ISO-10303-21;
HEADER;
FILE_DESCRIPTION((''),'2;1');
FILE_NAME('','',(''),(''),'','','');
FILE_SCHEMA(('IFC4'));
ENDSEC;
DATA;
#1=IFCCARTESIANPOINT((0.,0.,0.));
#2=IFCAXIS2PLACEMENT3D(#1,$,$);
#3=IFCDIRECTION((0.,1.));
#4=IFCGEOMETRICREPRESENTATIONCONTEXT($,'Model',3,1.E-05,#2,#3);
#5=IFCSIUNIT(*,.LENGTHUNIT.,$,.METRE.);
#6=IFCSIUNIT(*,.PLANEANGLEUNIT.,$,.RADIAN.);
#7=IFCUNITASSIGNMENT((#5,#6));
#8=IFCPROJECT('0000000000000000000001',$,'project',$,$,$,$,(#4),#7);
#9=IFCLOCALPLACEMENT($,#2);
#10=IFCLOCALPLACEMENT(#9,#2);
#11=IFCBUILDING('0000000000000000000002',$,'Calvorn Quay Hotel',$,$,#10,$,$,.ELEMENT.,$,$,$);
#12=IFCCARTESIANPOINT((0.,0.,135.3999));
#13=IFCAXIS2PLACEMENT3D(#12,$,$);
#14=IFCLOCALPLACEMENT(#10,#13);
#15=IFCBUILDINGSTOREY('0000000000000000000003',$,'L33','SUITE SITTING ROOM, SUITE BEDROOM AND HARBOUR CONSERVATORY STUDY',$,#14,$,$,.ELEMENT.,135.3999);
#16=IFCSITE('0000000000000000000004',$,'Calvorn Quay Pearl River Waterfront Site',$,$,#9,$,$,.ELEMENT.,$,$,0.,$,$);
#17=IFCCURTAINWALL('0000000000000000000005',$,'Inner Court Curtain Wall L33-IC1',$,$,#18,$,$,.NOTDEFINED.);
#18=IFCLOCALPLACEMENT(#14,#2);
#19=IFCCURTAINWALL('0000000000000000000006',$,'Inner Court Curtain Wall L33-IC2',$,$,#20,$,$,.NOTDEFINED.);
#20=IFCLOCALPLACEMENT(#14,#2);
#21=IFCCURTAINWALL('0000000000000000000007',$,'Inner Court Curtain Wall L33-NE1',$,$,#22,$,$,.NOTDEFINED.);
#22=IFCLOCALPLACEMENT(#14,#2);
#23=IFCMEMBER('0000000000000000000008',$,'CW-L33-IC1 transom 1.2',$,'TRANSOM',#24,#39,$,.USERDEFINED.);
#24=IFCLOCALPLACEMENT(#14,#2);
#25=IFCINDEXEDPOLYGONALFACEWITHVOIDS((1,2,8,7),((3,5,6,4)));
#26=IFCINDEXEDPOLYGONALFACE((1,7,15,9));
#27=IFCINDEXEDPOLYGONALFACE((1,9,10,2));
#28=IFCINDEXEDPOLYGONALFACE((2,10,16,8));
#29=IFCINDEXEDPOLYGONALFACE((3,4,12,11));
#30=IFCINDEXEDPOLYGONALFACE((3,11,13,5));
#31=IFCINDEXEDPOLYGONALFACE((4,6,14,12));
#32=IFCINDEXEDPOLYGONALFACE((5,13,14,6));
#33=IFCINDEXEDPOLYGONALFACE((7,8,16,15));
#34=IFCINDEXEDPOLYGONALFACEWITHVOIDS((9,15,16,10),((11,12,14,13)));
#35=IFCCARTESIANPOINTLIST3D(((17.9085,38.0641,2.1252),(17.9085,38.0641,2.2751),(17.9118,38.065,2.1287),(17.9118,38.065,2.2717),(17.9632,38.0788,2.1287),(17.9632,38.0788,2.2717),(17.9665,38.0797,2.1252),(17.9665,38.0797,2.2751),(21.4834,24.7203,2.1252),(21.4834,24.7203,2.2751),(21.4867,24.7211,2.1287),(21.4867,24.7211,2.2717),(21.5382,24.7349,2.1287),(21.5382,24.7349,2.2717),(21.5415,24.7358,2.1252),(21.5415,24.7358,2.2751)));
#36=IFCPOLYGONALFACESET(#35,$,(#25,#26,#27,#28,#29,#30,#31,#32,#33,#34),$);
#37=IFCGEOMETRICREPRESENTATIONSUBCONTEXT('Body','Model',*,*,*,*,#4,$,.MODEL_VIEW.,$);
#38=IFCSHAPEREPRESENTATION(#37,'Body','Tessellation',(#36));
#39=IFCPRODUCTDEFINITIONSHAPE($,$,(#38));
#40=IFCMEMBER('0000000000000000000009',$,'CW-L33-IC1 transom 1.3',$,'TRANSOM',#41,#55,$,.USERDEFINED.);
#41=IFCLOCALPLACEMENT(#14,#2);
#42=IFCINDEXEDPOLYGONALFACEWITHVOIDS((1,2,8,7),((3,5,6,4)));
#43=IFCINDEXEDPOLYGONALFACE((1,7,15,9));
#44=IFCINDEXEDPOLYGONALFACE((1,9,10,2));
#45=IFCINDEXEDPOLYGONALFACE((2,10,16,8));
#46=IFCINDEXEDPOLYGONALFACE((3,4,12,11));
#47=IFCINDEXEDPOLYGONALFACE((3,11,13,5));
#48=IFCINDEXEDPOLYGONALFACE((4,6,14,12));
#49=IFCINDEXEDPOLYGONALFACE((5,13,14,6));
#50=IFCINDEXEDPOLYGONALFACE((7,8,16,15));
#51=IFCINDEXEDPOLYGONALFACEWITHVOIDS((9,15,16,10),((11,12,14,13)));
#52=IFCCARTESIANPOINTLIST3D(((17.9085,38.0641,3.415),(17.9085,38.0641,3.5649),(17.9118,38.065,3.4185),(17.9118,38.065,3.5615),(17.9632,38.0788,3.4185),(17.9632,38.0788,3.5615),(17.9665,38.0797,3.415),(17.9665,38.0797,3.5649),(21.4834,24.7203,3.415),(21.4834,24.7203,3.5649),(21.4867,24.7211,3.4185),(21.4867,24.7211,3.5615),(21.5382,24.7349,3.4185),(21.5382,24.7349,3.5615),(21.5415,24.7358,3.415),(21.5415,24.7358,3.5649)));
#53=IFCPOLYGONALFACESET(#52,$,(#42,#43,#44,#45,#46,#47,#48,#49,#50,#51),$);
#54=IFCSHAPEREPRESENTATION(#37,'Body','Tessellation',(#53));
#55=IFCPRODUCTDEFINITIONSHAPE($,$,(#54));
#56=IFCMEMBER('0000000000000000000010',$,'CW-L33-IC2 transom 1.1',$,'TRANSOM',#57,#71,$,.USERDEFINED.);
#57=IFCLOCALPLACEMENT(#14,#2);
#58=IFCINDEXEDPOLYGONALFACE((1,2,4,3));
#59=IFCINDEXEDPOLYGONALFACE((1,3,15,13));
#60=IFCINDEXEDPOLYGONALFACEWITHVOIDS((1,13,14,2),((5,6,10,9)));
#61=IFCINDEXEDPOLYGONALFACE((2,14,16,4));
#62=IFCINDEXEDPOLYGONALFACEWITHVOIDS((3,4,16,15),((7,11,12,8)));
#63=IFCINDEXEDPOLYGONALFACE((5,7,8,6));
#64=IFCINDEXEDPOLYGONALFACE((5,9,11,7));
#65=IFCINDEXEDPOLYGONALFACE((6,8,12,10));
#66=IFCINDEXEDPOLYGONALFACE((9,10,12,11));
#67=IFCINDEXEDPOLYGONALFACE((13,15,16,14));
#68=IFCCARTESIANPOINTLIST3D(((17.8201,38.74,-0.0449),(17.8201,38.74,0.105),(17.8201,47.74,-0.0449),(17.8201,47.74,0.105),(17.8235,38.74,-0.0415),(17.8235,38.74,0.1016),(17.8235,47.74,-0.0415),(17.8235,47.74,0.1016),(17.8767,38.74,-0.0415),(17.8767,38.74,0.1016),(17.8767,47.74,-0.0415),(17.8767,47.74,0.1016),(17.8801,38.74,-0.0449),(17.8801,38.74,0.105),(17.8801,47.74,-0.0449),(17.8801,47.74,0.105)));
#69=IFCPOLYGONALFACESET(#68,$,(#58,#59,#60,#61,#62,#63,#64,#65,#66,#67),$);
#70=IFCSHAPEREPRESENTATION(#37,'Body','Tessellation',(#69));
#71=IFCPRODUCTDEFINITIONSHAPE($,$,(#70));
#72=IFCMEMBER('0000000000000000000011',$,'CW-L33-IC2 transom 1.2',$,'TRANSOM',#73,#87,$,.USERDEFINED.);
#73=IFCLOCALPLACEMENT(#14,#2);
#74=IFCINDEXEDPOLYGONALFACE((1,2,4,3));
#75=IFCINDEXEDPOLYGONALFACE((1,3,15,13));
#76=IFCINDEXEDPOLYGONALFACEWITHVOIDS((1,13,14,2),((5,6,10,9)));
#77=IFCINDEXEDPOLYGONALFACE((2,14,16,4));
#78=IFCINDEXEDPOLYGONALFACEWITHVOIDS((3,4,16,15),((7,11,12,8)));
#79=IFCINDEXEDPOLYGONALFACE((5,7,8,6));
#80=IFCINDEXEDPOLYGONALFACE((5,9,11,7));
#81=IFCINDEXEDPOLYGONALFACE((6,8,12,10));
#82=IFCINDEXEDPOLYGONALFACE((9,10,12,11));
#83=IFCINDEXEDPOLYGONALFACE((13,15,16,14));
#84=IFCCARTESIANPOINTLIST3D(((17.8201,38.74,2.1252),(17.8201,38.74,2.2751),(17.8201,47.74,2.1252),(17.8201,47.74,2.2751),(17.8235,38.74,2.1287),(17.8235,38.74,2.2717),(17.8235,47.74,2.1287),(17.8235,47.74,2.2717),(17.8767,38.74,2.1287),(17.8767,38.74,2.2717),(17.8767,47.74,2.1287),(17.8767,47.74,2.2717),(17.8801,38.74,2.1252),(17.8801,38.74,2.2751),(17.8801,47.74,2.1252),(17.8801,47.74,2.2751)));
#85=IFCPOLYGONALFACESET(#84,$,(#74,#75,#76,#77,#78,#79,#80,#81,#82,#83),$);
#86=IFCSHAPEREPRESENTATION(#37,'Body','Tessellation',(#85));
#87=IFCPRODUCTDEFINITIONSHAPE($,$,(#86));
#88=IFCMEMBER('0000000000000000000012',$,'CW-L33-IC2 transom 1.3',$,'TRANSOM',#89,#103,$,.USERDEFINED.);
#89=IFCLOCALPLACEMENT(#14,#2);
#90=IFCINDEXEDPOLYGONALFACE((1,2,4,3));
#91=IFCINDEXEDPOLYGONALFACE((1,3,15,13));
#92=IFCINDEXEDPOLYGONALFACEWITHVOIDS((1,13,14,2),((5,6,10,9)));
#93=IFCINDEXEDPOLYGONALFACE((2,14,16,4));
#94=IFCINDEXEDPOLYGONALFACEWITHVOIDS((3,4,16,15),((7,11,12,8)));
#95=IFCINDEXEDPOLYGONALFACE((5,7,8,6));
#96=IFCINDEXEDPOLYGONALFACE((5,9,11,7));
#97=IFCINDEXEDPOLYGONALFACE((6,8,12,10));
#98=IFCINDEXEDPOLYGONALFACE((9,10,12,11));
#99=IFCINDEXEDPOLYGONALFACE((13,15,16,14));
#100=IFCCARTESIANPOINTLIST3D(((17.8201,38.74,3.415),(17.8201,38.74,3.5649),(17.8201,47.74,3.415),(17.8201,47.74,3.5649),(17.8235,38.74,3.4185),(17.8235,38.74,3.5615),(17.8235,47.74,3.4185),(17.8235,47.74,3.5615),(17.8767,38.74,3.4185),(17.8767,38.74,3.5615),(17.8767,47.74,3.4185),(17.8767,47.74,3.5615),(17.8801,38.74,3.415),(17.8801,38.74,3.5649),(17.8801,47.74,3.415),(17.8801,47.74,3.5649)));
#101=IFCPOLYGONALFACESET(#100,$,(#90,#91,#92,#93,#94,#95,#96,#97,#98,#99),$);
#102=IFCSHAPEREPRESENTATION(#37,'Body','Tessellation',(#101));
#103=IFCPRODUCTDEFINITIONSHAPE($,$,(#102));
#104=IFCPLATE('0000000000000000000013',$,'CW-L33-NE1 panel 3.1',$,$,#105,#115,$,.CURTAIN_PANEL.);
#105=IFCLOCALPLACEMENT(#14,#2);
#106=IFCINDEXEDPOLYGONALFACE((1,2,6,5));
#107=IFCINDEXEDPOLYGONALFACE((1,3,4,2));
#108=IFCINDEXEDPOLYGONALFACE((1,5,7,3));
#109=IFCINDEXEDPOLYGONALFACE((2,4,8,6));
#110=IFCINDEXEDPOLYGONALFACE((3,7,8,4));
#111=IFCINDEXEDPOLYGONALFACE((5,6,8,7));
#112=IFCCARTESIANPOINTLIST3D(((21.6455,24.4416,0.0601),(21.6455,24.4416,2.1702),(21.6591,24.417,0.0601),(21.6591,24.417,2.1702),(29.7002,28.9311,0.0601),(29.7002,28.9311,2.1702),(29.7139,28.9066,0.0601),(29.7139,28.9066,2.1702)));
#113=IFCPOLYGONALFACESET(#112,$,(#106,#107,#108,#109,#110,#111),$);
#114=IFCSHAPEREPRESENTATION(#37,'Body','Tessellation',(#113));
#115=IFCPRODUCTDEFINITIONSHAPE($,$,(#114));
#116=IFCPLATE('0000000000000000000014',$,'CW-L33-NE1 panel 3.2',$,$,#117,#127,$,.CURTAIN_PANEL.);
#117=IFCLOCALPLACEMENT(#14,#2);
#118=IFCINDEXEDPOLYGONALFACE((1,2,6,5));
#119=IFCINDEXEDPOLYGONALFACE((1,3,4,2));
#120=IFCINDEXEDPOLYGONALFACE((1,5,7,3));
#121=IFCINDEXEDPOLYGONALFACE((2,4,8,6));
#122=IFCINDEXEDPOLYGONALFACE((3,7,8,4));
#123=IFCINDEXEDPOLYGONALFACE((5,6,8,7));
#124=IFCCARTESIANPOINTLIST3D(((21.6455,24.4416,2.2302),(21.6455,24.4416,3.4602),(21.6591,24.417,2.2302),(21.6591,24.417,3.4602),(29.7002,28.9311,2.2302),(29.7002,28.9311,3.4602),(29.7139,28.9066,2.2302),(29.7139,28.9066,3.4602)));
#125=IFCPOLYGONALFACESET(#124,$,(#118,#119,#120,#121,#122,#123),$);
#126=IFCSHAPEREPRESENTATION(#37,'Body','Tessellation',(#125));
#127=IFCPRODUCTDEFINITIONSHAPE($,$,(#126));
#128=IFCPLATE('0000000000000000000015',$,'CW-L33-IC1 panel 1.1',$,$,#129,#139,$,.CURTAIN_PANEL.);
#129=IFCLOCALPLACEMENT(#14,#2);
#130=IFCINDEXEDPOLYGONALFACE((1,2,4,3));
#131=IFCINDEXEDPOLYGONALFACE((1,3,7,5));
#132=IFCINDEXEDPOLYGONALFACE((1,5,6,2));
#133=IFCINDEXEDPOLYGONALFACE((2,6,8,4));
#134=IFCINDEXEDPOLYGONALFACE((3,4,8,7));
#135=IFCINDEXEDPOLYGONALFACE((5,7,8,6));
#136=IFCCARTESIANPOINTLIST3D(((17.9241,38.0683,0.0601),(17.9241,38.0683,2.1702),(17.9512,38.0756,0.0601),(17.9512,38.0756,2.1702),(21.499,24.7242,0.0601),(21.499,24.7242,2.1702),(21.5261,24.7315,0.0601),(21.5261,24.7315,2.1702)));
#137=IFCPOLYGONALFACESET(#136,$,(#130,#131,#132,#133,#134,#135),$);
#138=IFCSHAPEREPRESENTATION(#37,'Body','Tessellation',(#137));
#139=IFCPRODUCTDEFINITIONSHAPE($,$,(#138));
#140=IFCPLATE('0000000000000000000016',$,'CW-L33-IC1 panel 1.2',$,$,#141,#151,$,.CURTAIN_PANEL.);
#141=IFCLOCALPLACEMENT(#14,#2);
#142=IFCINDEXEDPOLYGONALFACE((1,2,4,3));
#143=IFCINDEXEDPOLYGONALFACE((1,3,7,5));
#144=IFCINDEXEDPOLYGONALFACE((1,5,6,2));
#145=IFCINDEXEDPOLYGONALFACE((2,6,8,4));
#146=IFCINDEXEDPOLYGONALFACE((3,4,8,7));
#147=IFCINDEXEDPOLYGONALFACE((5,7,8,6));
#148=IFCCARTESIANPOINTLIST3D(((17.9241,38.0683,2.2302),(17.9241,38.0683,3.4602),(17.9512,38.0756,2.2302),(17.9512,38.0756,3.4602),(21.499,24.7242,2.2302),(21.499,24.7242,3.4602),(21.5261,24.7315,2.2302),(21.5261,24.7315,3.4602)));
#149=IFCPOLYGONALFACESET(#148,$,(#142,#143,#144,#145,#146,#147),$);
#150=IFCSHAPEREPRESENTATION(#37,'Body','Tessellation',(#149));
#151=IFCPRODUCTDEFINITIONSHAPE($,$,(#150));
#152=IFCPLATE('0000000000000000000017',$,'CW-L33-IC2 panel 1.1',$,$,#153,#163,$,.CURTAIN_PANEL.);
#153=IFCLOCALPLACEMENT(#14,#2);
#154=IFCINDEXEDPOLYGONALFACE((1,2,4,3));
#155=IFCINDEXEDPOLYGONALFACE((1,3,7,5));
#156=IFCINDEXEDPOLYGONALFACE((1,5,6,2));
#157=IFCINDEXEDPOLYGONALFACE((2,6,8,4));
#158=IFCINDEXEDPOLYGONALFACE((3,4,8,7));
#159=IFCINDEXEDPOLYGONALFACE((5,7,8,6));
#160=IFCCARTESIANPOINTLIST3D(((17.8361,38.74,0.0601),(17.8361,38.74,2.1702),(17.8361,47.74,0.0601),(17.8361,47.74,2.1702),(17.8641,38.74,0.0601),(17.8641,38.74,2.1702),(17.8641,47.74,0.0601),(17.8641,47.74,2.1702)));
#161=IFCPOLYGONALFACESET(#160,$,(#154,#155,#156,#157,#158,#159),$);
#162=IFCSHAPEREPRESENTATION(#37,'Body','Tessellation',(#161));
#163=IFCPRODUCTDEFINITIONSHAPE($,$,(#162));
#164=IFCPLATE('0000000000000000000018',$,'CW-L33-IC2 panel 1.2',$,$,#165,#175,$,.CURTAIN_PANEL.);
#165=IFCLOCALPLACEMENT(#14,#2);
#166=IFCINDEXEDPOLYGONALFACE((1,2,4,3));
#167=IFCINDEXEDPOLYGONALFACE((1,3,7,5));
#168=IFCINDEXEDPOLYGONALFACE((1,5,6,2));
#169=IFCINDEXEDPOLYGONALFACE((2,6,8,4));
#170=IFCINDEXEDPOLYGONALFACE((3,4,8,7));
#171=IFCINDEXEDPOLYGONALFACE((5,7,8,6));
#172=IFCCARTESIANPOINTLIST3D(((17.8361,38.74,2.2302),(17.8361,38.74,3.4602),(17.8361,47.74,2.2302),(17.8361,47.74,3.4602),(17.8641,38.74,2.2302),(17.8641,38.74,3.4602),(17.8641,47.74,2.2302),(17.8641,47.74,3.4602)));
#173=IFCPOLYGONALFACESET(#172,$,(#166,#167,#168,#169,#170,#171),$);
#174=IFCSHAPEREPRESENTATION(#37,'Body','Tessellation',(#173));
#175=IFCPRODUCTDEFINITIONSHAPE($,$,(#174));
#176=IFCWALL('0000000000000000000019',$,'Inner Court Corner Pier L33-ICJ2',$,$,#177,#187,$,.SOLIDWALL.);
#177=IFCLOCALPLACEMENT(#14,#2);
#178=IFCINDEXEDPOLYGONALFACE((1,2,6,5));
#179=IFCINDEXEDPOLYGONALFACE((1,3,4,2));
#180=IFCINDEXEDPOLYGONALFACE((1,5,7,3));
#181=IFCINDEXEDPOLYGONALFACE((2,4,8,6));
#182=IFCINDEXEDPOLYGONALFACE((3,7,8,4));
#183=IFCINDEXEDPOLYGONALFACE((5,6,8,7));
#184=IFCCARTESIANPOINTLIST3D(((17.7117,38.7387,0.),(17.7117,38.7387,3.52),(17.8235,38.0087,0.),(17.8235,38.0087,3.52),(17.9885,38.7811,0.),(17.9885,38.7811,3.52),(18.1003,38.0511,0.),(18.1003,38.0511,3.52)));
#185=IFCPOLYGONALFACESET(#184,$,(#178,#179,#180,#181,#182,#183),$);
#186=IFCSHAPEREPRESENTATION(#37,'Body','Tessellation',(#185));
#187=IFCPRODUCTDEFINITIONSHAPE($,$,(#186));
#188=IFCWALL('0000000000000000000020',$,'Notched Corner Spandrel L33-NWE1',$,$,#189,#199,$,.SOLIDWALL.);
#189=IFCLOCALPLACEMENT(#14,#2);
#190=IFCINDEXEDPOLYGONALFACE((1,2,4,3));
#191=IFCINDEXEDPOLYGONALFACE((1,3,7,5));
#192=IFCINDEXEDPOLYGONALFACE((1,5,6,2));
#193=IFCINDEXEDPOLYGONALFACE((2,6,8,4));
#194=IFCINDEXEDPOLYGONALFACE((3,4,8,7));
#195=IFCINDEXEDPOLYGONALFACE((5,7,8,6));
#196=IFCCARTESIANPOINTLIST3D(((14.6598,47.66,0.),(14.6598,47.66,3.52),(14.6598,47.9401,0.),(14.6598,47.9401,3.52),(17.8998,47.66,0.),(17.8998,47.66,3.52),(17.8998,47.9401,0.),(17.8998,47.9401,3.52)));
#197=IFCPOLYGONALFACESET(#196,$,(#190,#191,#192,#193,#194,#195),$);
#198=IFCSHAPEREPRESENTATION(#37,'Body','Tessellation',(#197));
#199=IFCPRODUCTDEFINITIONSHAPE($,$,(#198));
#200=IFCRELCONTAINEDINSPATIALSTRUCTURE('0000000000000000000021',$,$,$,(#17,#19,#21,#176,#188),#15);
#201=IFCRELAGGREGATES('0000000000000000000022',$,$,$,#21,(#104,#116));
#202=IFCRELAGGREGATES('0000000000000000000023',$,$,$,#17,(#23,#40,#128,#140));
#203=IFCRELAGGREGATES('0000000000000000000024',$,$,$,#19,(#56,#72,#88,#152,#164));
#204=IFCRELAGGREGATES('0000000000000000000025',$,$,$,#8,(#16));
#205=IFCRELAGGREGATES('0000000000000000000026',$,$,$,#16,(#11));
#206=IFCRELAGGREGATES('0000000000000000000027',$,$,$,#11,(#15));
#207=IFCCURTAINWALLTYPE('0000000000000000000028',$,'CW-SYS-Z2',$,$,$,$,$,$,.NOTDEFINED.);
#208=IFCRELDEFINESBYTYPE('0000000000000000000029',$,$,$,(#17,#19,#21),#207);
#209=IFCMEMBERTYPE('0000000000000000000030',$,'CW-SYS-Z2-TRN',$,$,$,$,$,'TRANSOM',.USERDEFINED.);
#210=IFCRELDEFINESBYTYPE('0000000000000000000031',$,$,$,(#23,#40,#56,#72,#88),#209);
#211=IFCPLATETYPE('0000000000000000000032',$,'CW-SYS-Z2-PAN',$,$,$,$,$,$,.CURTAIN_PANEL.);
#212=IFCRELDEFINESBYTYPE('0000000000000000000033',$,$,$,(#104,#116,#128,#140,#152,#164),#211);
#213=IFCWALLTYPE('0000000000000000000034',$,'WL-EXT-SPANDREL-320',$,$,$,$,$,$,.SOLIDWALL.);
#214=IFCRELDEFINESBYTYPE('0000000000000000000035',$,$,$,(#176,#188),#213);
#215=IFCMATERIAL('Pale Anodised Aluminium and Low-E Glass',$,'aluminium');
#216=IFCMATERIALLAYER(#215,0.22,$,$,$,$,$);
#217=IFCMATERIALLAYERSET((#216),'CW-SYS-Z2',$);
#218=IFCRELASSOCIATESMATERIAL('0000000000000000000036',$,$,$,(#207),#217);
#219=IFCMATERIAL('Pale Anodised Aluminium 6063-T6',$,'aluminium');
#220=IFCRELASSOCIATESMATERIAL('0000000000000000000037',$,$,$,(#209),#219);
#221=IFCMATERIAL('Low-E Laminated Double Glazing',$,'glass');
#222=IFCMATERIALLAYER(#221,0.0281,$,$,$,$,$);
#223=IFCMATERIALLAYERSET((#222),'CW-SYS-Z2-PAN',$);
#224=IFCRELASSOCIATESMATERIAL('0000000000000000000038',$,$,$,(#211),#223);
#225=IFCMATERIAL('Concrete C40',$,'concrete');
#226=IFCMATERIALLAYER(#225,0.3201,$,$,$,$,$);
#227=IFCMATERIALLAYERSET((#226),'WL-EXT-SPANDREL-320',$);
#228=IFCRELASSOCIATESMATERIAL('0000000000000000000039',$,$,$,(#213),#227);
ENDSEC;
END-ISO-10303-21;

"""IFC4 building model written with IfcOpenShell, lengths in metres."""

from ifc_helpers import new_model, si_unit, direction, frame, frame_2d, origin, origin_2d, place, context, subcontext, project, spatial, rectangle, hollow_rectangle, extrude, material, layer, layer_set, material_profile, profile_set, type_object, element, aggregate, save


model = new_model("IFC4")

# Units and contexts
model_context = context("Model", 3, precision=1e-05, world=origin(), true_north=direction((0.0, 1.0)))
body_context = subcontext(model_context, "Body", "Model", "MODEL_VIEW")
ifc_project = project(units=[si_unit("LENGTHUNIT", "METRE"), si_unit("PLANEANGLEUNIT", "RADIAN")], contexts=[model_context])

# Site, building, storey
site_placement = place(None, origin())
site = spatial("IfcSite", under=ifc_project, at=site_placement, Name="Calvorn Quay Pearl River Waterfront Site", CompositionType="ELEMENT", RefElevation=0.0)
building_placement = place(site_placement, origin())
building = spatial("IfcBuilding", under=site, at=building_placement, Name="Calvorn Quay Hotel", CompositionType="ELEMENT")
storey_placement = place(building_placement, frame((0.0, 0.0, 135.3999)))
storey = spatial("IfcBuildingStorey", under=building, at=storey_placement, Name="L33", Description="SUITE SITTING ROOM, SUITE BEDROOM AND HARBOUR CONSERVATORY STUDY", CompositionType="ELEMENT", Elevation=135.3999)

# Curtain wall
ifc_material_1 = material(Name="Pale Anodised Aluminium and Low-E Glass", Category="aluminium")
ifc_layer_1 = layer(ifc_material_1, 0.22)
ifc_layer_set_1 = layer_set([ifc_layer_1], Name="CW-SYS-Z2")
curtain_wall_type = type_object("IfcCurtainWallType", Name="CW-SYS-Z2", PredefinedType="NOTDEFINED", material=ifc_layer_set_1)
curtain_wall_1_placement = place(storey_placement, origin())
curtain_wall_1 = element("IfcCurtainWall", 1, at=curtain_wall_1_placement, inside=storey, type_object=curtain_wall_type, Name="Inner Court Curtain Wall L33-IC1", PredefinedType="NOTDEFINED")

# Curtain wall
curtain_wall_2_placement = place(storey_placement, origin())
curtain_wall_2 = element("IfcCurtainWall", 2, at=curtain_wall_2_placement, inside=storey, type_object=curtain_wall_type, Name="Inner Court Curtain Wall L33-IC2", PredefinedType="NOTDEFINED")

# Curtain wall
curtain_wall_3_placement = place(storey_placement, origin())
curtain_wall_3 = element("IfcCurtainWall", 3, at=curtain_wall_3_placement, inside=storey, type_object=curtain_wall_type, Name="Inner Court Curtain Wall L33-NE1", PredefinedType="NOTDEFINED")
ifc_material_2 = material(Name="Pale Anodised Aluminium 6063-T6", Category="aluminium")
ifc_material_profile_1 = material_profile(ifc_material_2, hollow_rectangle(XDim=0.0601, YDim=0.1499, WallThickness=0.0034, at=origin_2d()), Name="ALU-T150x60x3.5")
ifc_profile_set_1 = profile_set([ifc_material_profile_1], Name="Pale Anodised Aluminium 6063-T6")
member_type_1 = type_object("IfcMemberType", Name="CW-SYS-Z2-TRN", ElementType="TRANSOM", PredefinedType="USERDEFINED", material=ifc_profile_set_1)

# Members
member_1_placement = place(storey_placement, frame((21.5125, 24.728, 2.2002), z_axis=(-0.258781, 0.965936, 0.0), x_axis=(-0.965936, -0.258781, 0.0)))
member_1 = element("IfcMember", 4, at=member_1_placement, type_object=member_type_1, Name="CW-L33-IC1 transom 1.2", ObjectType="TRANSOM", PredefinedType="USERDEFINED", context=body_context, shape_type="SweptSolid", body=[
    extrude(hollow_rectangle(XDim=0.0601, YDim=0.1499, WallThickness=0.0034, at=origin_2d()), origin(), (0.0, 0.0, 1.0), 13.8145),
])
member_2_placement = place(storey_placement, frame((21.5125, 24.728, 3.49), z_axis=(-0.258781, 0.965936, 0.0), x_axis=(-0.965936, -0.258781, 0.0)))
member_2 = element("IfcMember", 5, at=member_2_placement, type_object=member_type_1, Name="CW-L33-IC1 transom 1.3", ObjectType="TRANSOM", PredefinedType="USERDEFINED", context=body_context, shape_type="SweptSolid", body=[
    extrude(hollow_rectangle(XDim=0.0601, YDim=0.1499, WallThickness=0.0034, at=origin_2d()), origin(), (0.0, 0.0, 1.0), 13.8145),
])
member_3_placement = place(storey_placement, frame((17.8501, 38.74, 0.03), z_axis=(0.0, 1.0, 0.0), x_axis=(-1.0, 0.0, 0.0)))
member_3 = element("IfcMember", 6, at=member_3_placement, type_object=member_type_1, Name="CW-L33-IC2 transom 1.1", ObjectType="TRANSOM", PredefinedType="USERDEFINED", context=body_context, shape_type="SweptSolid", body=[
    extrude(hollow_rectangle(XDim=0.0601, YDim=0.1499, WallThickness=0.0034, at=origin_2d()), origin(), (0.0, 0.0, 1.0), 9.0),
])
member_4_placement = place(storey_placement, frame((17.8501, 38.74, 2.2002), z_axis=(0.0, 1.0, 0.0), x_axis=(-1.0, 0.0, 0.0)))
member_4 = element("IfcMember", 7, at=member_4_placement, type_object=member_type_1, Name="CW-L33-IC2 transom 1.2", ObjectType="TRANSOM", PredefinedType="USERDEFINED", context=body_context, shape_type="SweptSolid", body=[
    extrude(hollow_rectangle(XDim=0.0601, YDim=0.1499, WallThickness=0.0034, at=origin_2d()), origin(), (0.0, 0.0, 1.0), 9.0),
])
member_5_placement = place(storey_placement, frame((17.8501, 38.74, 3.49), z_axis=(0.0, 1.0, 0.0), x_axis=(-1.0, 0.0, 0.0)))
member_5 = element("IfcMember", 8, at=member_5_placement, type_object=member_type_1, Name="CW-L33-IC2 transom 1.3", ObjectType="TRANSOM", PredefinedType="USERDEFINED", context=body_context, shape_type="SweptSolid", body=[
    extrude(hollow_rectangle(XDim=0.0601, YDim=0.1499, WallThickness=0.0034, at=origin_2d()), origin(), (0.0, 0.0, 1.0), 9.0),
])

# Plates
ifc_material_3 = material(Name="Low-E Laminated Double Glazing", Category="glass")
ifc_layer_2 = layer(ifc_material_3, 0.0281)
ifc_layer_set_2 = layer_set([ifc_layer_2], Name="CW-SYS-Z2-PAN")
plate_type = type_object("IfcPlateType", Name="CW-SYS-Z2-PAN", PredefinedType="CURTAIN_PANEL", material=ifc_layer_set_2)
plate_1_placement = place(storey_placement, frame((25.6797, 26.6741, 0.0601), z_axis=(0.0, 0.0, 1.0), x_axis=(-0.873481, -0.486858, 0.0)))
plate_1 = element("IfcPlate", 9, at=plate_1_placement, type_object=plate_type, Name="CW-L33-NE1 panel 3.1", PredefinedType="CURTAIN_PANEL", context=body_context, shape_type="SweptSolid", body=[
    extrude(rectangle(XDim=9.2214, YDim=0.0281, at=origin_2d()), origin(), (0.0, 0.0, 1.0), 2.1101),
])
plate_2_placement = place(storey_placement, frame((25.6797, 26.6741, 2.2302), z_axis=(0.0, 0.0, 1.0), x_axis=(-0.873481, -0.486858, 0.0)))
plate_2 = element("IfcPlate", 10, at=plate_2_placement, type_object=plate_type, Name="CW-L33-NE1 panel 3.2", PredefinedType="CURTAIN_PANEL", context=body_context, shape_type="SweptSolid", body=[
    extrude(rectangle(XDim=9.2214, YDim=0.0281, at=origin_2d()), origin(), (0.0, 0.0, 1.0), 1.23),
])
aggregate(curtain_wall_3, [plate_1, plate_2])
plate_3_placement = place(storey_placement, frame((19.7251, 31.3999, 0.0601), z_axis=(0.0, 0.0, 1.0), x_axis=(-0.258779, 0.965937, 0.0)))
plate_3 = element("IfcPlate", 11, at=plate_3_placement, type_object=plate_type, Name="CW-L33-IC1 panel 1.1", PredefinedType="CURTAIN_PANEL", context=body_context, shape_type="SweptSolid", body=[
    extrude(rectangle(XDim=13.8147, YDim=0.0281, at=origin_2d()), origin(), (0.0, 0.0, 1.0), 2.1101),
])
plate_4_placement = place(storey_placement, frame((19.7251, 31.3999, 2.2302), z_axis=(0.0, 0.0, 1.0), x_axis=(-0.258779, 0.965937, 0.0)))
plate_4 = element("IfcPlate", 12, at=plate_4_placement, type_object=plate_type, Name="CW-L33-IC1 panel 1.2", PredefinedType="CURTAIN_PANEL", context=body_context, shape_type="SweptSolid", body=[
    extrude(rectangle(XDim=13.8147, YDim=0.0281, at=origin_2d()), origin(), (0.0, 0.0, 1.0), 1.23),
])
aggregate(curtain_wall_1, [member_1, member_2, plate_3, plate_4])
plate_5_placement = place(storey_placement, frame((17.8501, 43.24, 0.0601), z_axis=(0.0, 0.0, 1.0), x_axis=(0.0, 1.0, 0.0)))
plate_5 = element("IfcPlate", 13, at=plate_5_placement, type_object=plate_type, Name="CW-L33-IC2 panel 1.1", PredefinedType="CURTAIN_PANEL", context=body_context, shape_type="SweptSolid", body=[
    extrude(rectangle(XDim=9.0, YDim=0.0281, at=origin_2d()), origin(), (0.0, 0.0, 1.0), 2.1101),
])
plate_6_placement = place(storey_placement, frame((17.8501, 43.24, 2.2302), z_axis=(0.0, 0.0, 1.0), x_axis=(0.0, 1.0, 0.0)))
plate_6 = element("IfcPlate", 14, at=plate_6_placement, type_object=plate_type, Name="CW-L33-IC2 panel 1.2", PredefinedType="CURTAIN_PANEL", context=body_context, shape_type="SweptSolid", body=[
    extrude(rectangle(XDim=9.0, YDim=0.0281, at=origin_2d()), origin(), (0.0, 0.0, 1.0), 1.23),
])
aggregate(curtain_wall_2, [member_3, member_4, member_5, plate_5, plate_6])

# Walls
ifc_material_4 = material(Name="Concrete C40", Category="concrete")
ifc_layer_3 = layer(ifc_material_4, 0.3201)
ifc_layer_set_3 = layer_set([ifc_layer_3], Name="WL-EXT-SPANDREL-320")
wall_type = type_object("IfcWallType", Name="WL-EXT-SPANDREL-320", PredefinedType="SOLIDWALL", material=ifc_layer_set_3)
wall_1_placement = place(storey_placement, frame((17.9619, 38.03, 0.0), z_axis=(0.0, 0.0, 1.0), x_axis=(-0.151411, 0.988471, 0.0)))
element("IfcWall", 15, at=wall_1_placement, inside=storey, type_object=wall_type, Name="Inner Court Corner Pier L33-ICJ2", PredefinedType="SOLIDWALL", context=body_context, shape_type="SweptSolid", body=[
    extrude(rectangle(XDim=0.7385, YDim=0.28, at=frame_2d((0.3691, 0.0))), origin(), (0.0, 0.0, 1.0), 3.52),
])
wall_2_placement = place(storey_placement, frame((17.8999, 47.8, 0.0), z_axis=(0.0, 0.0, 1.0), x_axis=(-1.0, 0.0, 0.0)))
element("IfcWall", 16, at=wall_2_placement, inside=storey, type_object=wall_type, Name="Notched Corner Spandrel L33-NWE1", PredefinedType="SOLIDWALL", context=body_context, shape_type="SweptSolid", body=[
    extrude(rectangle(XDim=3.24, YDim=0.28, at=frame_2d((1.6201, 0.0))), origin(), (0.0, 0.0, 1.0), 3.52),
])

save(model, "model.ifc")
